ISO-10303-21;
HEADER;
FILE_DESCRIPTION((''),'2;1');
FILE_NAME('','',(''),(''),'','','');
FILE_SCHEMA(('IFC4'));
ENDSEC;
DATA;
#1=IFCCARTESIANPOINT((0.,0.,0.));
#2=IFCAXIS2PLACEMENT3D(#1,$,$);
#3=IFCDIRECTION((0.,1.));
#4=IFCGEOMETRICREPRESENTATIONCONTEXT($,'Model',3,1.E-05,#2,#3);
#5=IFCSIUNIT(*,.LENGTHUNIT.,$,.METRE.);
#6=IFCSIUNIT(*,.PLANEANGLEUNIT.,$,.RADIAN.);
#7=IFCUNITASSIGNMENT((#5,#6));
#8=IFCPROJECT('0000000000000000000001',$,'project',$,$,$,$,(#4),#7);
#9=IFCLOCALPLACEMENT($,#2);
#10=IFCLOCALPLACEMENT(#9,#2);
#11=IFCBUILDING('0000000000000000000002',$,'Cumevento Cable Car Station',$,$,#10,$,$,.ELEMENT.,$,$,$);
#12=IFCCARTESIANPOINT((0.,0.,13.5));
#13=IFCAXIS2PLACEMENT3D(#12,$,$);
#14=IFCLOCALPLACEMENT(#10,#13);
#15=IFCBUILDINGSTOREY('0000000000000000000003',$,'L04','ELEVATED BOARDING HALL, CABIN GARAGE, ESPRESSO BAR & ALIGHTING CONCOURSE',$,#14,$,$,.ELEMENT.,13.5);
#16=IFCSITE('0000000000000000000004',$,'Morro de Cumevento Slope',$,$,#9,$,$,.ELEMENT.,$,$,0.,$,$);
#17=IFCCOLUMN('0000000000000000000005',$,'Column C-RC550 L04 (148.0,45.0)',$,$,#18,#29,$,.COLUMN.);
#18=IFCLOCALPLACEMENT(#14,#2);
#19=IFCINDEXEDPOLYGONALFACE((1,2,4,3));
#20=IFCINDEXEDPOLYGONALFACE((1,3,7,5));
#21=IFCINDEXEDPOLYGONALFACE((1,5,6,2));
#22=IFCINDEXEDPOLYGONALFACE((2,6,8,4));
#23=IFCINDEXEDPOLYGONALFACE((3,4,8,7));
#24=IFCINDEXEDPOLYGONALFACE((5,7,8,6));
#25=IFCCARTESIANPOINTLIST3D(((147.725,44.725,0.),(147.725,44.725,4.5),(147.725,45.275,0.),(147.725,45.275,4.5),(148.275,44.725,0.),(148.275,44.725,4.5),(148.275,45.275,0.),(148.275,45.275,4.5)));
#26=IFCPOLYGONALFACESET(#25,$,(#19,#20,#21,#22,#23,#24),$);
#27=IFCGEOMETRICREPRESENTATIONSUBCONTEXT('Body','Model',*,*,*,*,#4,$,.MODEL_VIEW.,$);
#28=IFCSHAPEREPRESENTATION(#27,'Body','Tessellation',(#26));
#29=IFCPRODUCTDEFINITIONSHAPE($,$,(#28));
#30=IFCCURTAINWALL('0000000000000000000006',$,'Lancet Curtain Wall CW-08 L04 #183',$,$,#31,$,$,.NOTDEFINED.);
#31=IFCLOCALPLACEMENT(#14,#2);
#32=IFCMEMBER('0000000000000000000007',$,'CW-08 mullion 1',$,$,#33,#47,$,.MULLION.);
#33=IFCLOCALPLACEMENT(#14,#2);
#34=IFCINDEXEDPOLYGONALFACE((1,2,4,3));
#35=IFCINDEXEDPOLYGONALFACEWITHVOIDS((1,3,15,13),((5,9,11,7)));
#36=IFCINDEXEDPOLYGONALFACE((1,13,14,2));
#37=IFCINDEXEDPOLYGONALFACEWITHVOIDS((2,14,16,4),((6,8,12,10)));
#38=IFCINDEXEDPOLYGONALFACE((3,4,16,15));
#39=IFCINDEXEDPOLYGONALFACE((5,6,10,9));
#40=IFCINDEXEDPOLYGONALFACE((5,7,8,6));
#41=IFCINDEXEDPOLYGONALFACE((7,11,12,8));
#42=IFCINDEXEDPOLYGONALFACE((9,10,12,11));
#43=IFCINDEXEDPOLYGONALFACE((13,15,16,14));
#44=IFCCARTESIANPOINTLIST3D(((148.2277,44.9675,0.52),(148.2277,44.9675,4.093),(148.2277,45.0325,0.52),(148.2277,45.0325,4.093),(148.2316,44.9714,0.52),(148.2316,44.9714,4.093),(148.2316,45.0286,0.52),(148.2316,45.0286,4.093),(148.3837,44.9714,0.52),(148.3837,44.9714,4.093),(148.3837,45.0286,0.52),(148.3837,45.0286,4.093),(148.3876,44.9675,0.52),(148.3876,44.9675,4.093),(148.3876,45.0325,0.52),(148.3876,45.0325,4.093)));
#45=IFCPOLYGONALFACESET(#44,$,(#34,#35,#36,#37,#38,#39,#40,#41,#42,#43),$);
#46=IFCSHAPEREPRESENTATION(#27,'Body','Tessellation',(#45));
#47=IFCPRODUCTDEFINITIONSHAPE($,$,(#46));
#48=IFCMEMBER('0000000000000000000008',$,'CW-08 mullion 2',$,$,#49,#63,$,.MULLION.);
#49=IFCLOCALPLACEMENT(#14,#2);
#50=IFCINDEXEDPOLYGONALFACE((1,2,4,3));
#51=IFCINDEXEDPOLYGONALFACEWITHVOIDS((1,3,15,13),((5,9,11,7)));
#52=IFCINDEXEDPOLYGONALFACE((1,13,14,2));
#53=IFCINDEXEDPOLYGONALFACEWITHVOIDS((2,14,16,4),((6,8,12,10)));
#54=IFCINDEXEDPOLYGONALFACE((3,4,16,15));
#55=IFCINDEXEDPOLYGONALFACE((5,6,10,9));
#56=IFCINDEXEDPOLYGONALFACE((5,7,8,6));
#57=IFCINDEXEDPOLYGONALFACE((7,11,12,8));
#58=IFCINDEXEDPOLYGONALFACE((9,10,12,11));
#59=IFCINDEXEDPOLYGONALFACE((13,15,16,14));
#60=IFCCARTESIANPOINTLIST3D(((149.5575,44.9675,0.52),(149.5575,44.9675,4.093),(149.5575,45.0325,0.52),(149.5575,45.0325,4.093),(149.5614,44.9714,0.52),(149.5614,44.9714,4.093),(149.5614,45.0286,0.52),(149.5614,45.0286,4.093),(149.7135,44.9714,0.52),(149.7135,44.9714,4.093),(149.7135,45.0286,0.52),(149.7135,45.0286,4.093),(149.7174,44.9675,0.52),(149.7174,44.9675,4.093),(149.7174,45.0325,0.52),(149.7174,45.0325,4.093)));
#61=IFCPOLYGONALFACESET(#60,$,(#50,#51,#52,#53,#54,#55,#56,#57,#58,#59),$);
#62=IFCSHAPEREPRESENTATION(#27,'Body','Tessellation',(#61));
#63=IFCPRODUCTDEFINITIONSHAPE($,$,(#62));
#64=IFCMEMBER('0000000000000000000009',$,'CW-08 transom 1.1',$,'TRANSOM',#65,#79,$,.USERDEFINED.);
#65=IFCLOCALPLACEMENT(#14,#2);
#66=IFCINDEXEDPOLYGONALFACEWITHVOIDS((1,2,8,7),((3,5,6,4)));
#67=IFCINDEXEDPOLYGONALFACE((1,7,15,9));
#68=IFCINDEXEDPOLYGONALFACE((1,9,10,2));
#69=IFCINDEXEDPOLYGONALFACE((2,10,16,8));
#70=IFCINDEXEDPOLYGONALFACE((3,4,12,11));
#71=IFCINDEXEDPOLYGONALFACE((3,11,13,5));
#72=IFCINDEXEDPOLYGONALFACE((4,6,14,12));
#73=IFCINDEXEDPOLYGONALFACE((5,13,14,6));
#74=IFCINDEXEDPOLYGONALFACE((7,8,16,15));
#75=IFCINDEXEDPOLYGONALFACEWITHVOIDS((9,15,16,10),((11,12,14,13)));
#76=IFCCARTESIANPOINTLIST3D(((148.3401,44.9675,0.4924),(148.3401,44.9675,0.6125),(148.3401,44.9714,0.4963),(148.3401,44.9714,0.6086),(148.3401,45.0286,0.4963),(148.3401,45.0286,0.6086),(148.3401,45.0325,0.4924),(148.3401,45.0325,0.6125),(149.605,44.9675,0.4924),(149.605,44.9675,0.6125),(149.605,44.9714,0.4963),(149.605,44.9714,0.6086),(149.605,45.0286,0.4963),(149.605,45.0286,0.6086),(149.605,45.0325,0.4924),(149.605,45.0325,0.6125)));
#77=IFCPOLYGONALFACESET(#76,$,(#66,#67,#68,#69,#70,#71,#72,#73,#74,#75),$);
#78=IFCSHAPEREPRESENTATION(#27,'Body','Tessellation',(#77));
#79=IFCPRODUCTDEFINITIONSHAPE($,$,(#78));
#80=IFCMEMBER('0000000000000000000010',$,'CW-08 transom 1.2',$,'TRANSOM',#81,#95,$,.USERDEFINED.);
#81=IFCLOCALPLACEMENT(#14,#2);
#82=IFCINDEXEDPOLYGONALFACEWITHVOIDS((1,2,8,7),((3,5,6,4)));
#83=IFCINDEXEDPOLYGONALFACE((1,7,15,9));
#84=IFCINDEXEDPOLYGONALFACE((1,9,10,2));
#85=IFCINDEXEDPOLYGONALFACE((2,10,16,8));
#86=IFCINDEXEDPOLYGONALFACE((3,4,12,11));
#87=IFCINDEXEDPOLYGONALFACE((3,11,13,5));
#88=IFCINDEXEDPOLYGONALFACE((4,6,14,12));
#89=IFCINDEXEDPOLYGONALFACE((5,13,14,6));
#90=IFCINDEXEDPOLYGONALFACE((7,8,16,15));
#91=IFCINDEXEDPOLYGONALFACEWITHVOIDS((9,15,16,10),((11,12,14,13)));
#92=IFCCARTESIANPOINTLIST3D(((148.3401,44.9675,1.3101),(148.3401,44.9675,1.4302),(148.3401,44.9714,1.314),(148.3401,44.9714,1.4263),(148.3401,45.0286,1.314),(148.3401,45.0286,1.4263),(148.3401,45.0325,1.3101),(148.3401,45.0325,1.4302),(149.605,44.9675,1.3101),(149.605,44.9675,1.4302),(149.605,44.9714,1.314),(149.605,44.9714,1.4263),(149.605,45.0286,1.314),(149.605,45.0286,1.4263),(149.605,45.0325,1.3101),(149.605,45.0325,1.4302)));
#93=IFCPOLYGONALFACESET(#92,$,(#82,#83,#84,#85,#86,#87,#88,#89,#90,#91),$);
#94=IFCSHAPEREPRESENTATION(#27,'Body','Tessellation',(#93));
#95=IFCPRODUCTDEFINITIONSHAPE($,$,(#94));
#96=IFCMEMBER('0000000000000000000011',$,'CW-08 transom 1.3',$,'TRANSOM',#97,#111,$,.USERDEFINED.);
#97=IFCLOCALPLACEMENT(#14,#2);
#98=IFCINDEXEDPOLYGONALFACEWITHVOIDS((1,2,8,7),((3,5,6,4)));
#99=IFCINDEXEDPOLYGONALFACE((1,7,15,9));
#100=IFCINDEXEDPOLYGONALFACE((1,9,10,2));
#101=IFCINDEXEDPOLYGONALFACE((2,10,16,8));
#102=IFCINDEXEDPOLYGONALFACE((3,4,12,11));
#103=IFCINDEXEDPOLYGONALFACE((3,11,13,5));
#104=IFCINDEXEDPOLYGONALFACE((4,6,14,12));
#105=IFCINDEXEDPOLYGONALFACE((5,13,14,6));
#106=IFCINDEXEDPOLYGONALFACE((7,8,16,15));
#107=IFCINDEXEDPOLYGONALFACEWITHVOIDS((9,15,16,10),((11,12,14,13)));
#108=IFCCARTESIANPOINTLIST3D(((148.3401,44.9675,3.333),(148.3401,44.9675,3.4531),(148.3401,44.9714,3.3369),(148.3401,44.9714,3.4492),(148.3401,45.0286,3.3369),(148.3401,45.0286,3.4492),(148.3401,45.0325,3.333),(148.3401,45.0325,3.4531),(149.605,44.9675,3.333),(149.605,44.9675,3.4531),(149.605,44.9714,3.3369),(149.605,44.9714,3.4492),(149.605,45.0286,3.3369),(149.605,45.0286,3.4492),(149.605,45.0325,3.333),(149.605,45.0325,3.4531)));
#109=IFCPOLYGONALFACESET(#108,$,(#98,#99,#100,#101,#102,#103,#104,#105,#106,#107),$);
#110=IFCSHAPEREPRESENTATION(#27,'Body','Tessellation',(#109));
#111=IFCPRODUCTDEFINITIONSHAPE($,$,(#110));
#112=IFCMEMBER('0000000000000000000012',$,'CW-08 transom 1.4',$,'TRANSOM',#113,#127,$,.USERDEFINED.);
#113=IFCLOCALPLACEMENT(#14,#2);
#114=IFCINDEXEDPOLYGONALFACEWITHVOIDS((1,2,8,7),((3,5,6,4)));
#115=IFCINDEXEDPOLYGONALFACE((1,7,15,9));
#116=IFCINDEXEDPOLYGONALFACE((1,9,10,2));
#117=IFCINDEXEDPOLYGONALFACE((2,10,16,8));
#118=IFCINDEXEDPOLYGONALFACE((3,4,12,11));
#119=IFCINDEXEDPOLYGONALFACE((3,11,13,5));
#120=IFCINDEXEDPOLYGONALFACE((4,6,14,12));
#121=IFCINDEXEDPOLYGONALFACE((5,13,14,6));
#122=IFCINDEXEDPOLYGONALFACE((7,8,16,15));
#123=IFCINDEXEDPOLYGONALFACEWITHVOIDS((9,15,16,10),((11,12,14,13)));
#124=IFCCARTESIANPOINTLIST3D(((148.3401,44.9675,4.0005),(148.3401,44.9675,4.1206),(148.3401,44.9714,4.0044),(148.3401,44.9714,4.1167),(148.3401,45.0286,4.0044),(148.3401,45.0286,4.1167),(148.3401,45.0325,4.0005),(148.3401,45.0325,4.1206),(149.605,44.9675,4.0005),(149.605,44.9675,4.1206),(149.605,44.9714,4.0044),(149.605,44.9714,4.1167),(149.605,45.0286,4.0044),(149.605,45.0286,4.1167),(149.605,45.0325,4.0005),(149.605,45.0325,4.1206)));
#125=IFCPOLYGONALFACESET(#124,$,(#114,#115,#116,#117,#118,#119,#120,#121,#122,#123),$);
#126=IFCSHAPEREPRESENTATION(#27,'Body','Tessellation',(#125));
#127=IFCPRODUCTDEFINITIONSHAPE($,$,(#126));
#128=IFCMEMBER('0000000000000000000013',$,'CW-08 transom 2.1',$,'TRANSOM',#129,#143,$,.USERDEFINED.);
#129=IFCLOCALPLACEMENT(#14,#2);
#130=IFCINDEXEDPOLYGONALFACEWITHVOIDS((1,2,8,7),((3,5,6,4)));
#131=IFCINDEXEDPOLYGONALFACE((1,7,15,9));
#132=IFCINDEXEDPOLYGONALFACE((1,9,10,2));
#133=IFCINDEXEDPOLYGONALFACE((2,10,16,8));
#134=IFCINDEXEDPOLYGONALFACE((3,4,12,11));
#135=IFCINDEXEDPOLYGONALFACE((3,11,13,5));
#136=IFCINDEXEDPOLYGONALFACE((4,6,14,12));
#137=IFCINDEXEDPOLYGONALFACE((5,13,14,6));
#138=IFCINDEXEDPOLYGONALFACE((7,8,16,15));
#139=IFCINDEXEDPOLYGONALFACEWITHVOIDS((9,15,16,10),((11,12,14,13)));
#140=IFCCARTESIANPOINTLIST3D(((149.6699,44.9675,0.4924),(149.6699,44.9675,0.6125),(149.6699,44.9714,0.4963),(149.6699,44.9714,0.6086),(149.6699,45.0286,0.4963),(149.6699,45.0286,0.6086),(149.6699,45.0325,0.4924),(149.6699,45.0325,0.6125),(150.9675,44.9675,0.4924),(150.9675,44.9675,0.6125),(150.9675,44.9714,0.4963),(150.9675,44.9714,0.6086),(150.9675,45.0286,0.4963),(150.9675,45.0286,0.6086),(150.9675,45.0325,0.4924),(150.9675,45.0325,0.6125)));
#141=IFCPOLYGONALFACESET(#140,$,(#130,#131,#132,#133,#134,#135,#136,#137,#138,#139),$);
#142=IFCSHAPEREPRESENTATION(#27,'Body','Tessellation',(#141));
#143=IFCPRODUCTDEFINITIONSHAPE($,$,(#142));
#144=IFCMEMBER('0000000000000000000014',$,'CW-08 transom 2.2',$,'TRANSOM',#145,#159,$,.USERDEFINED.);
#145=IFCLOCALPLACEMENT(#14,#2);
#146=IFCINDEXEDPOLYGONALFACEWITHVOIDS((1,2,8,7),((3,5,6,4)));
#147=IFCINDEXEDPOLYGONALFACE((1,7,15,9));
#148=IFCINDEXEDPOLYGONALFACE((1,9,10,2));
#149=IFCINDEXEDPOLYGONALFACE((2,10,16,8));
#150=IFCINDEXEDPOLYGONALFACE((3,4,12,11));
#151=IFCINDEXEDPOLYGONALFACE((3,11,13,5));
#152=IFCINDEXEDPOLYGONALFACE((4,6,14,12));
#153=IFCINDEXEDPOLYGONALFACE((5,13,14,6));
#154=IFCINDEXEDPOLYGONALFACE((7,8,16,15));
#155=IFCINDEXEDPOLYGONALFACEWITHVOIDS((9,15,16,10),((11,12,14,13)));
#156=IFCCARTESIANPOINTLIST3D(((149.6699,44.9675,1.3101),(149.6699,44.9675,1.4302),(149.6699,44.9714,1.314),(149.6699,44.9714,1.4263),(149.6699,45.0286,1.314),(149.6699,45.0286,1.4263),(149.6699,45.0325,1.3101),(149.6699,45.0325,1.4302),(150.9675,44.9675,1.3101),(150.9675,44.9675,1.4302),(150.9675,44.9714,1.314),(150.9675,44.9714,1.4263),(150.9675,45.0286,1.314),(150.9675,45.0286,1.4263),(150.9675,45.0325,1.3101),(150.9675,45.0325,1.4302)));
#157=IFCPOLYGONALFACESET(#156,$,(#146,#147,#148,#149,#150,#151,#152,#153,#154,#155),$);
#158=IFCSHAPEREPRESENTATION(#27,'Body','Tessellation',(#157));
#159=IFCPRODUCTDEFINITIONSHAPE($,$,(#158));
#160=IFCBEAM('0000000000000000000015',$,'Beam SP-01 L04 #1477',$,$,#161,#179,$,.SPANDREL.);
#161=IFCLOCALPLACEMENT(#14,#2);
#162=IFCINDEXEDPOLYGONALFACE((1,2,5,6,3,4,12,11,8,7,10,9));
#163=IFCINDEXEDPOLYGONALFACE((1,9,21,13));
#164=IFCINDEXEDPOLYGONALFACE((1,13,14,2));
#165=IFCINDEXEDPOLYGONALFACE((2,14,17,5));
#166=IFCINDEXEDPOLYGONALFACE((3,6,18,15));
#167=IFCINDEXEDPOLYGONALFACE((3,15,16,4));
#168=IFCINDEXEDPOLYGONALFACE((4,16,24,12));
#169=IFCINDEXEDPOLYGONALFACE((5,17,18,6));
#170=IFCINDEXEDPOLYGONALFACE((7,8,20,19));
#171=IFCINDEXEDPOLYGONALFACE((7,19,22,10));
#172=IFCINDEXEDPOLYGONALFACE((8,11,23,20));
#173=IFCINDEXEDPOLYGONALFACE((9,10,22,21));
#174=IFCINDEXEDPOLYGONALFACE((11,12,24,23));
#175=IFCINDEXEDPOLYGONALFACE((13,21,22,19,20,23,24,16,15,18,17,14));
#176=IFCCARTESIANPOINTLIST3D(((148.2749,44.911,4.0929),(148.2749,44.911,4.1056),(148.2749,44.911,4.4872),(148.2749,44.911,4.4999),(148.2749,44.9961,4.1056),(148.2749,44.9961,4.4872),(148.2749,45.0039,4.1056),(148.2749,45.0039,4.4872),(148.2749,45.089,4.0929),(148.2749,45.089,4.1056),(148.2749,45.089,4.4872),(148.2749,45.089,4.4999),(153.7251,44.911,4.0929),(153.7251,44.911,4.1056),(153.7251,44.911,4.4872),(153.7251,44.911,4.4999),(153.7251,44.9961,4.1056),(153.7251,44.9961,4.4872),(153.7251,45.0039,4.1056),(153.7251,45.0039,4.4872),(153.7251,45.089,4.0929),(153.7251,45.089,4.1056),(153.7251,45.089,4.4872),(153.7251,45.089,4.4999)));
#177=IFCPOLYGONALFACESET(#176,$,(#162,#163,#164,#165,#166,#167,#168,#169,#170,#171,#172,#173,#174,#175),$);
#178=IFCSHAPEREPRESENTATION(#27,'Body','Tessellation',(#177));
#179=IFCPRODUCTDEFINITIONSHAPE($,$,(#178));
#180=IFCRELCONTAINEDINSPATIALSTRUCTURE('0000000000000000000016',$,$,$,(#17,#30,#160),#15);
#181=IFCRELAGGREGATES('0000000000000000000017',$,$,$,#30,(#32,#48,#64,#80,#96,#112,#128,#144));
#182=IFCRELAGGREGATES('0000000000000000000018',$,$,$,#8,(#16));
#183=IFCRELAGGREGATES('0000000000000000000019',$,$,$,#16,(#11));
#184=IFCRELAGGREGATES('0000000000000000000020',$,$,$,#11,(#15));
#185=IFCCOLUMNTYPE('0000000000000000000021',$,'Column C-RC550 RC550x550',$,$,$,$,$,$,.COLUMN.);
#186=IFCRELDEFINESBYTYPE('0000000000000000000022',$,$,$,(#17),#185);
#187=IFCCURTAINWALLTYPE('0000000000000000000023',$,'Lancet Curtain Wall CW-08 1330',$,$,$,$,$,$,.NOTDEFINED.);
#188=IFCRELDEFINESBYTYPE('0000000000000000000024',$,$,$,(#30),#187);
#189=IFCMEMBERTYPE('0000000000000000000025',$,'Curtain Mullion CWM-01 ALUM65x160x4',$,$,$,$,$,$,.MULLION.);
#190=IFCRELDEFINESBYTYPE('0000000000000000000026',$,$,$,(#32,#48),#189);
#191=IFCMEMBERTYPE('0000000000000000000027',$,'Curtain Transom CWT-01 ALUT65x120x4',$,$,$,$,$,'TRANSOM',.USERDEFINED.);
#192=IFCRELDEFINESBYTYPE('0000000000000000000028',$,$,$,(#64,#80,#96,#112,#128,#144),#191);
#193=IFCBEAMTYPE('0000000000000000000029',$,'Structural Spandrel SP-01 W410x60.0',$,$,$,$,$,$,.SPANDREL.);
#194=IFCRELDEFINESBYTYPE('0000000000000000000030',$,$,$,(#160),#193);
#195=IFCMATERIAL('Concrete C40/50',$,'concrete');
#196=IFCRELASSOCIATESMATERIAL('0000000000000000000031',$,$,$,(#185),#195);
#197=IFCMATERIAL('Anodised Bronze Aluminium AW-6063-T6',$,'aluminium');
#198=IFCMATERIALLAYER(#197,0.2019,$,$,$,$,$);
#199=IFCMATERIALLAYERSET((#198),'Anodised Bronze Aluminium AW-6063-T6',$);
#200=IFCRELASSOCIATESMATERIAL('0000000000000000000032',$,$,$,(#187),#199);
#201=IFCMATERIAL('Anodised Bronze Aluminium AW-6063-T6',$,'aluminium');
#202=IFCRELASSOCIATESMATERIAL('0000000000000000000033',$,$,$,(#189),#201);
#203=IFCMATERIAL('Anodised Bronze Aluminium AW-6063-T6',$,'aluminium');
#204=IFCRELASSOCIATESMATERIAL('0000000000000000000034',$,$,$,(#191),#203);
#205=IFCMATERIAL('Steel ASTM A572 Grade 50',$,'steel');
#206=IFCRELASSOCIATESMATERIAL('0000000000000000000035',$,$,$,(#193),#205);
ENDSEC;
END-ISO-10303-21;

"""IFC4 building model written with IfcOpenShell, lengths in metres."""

from ifc_helpers import new_model, si_unit, direction, frame, origin, origin_2d, place, context, subcontext, project, spatial, rectangle, hollow_rectangle, i_section, extrude, material, layer, layer_set, material_profile, profile_set, type_object, element, aggregate, save


model = new_model("IFC4")

# Units and contexts
model_context = context("Model", 3, precision=1e-05, world=origin(), true_north=direction((0.0, 1.0)))
body_context = subcontext(model_context, "Body", "Model", "MODEL_VIEW")
ifc_project = project(units=[si_unit("LENGTHUNIT", "METRE"), si_unit("PLANEANGLEUNIT", "RADIAN")], contexts=[model_context])

# Site, building, storey
site_placement = place(None, origin())
site = spatial("IfcSite", under=ifc_project, at=site_placement, Name="Morro de Cumevento Slope", CompositionType="ELEMENT", RefElevation=0.0)
building_placement = place(site_placement, origin())
building = spatial("IfcBuilding", under=site, at=building_placement, Name="Cumevento Cable Car Station", CompositionType="ELEMENT")
storey_placement = place(building_placement, frame((0.0, 0.0, 13.5)))
storey = spatial("IfcBuildingStorey", under=building, at=storey_placement, Name="L04", Description="ELEVATED BOARDING HALL, CABIN GARAGE, ESPRESSO BAR & ALIGHTING CONCOURSE", CompositionType="ELEMENT", Elevation=13.5)

# Column
ifc_material_1 = material(Name="Concrete C40/50", Category="concrete")
ifc_material_profile_1 = material_profile(ifc_material_1, rectangle(XDim=0.55, YDim=0.55, at=origin_2d()), Name="RC550x550")
ifc_profile_set_1 = profile_set([ifc_material_profile_1], Name="Concrete C40/50")
column_type = type_object("IfcColumnType", Name="Column C-RC550 RC550x550", PredefinedType="COLUMN", material=ifc_profile_set_1)
column_placement = place(storey_placement, frame((148.0, 45.0, 0.0), z_axis=(0.0, 0.0, 1.0), x_axis=(1.0, 0.0, 0.0)))
element("IfcColumn", 1, at=column_placement, inside=storey, type_object=column_type, Name="Column C-RC550 L04 (148.0,45.0)", PredefinedType="COLUMN", context=body_context, shape_type="SweptSolid", body=[
    extrude(rectangle(XDim=0.55, YDim=0.55, at=origin_2d()), origin(), (0.0, 0.0, 1.0), 4.5),
])

# Curtain wall, members
ifc_material_2 = material(Name="Anodised Bronze Aluminium AW-6063-T6", Category="aluminium")
ifc_layer_1 = layer(ifc_material_2, 0.2019)
ifc_layer_set_1 = layer_set([ifc_layer_1], Name="Anodised Bronze Aluminium AW-6063-T6")
curtain_wall_type = type_object("IfcCurtainWallType", Name="Lancet Curtain Wall CW-08 1330", PredefinedType="NOTDEFINED", material=ifc_layer_set_1)
curtain_wall_placement = place(storey_placement, origin())
curtain_wall = element("IfcCurtainWall", 2, at=curtain_wall_placement, inside=storey, type_object=curtain_wall_type, Name="Lancet Curtain Wall CW-08 L04 #183", PredefinedType="NOTDEFINED")
ifc_material_3 = material(Name="Anodised Bronze Aluminium AW-6063-T6", Category="aluminium")
ifc_material_profile_2 = material_profile(ifc_material_3, hollow_rectangle(XDim=0.0649, YDim=0.1599, WallThickness=0.0039, at=origin_2d()), Name="ALUM65x160x4")
ifc_profile_set_2 = profile_set([ifc_material_profile_2], Name="Anodised Bronze Aluminium AW-6063-T6")
member_type_1 = type_object("IfcMemberType", Name="Curtain Mullion CWM-01 ALUM65x160x4", PredefinedType="MULLION", material=ifc_profile_set_2)
member_1_placement = place(storey_placement, frame((148.3076, 45.0, 0.52), z_axis=(0.0, 0.0, 1.0), x_axis=(0.0, 1.0, 0.0)))
member_1 = element("IfcMember", 3, at=member_1_placement, type_object=member_type_1, Name="CW-08 mullion 1", PredefinedType="MULLION", context=body_context, shape_type="SweptSolid", body=[
    extrude(hollow_rectangle(XDim=0.0649, YDim=0.1599, WallThickness=0.0039, at=origin_2d()), origin(), (0.0, 0.0, 1.0), 3.573),
])
member_2_placement = place(storey_placement, frame((149.6375, 45.0, 0.52), z_axis=(0.0, 0.0, 1.0), x_axis=(0.0, 1.0, 0.0)))
member_2 = element("IfcMember", 4, at=member_2_placement, type_object=member_type_1, Name="CW-08 mullion 2", PredefinedType="MULLION", context=body_context, shape_type="SweptSolid", body=[
    extrude(hollow_rectangle(XDim=0.0649, YDim=0.1599, WallThickness=0.0039, at=origin_2d()), origin(), (0.0, 0.0, 1.0), 3.573),
])
ifc_material_4 = material(Name="Anodised Bronze Aluminium AW-6063-T6", Category="aluminium")
ifc_material_profile_3 = material_profile(ifc_material_4, hollow_rectangle(XDim=0.0649, YDim=0.1201, WallThickness=0.0039, at=origin_2d()), Name="ALUT65x120x4")
ifc_profile_set_3 = profile_set([ifc_material_profile_3], Name="Anodised Bronze Aluminium AW-6063-T6")
member_type_2 = type_object("IfcMemberType", Name="Curtain Transom CWT-01 ALUT65x120x4", ElementType="TRANSOM", PredefinedType="USERDEFINED", material=ifc_profile_set_3)
member_3_placement = place(storey_placement, frame((148.3401, 45.0, 0.5525), z_axis=(1.0, 0.0, 0.0), x_axis=(0.0, 1.0, 0.0)))
member_3 = element("IfcMember", 5, at=member_3_placement, type_object=member_type_2, Name="CW-08 transom 1.1", ObjectType="TRANSOM", PredefinedType="USERDEFINED", context=body_context, shape_type="SweptSolid", body=[
    extrude(hollow_rectangle(XDim=0.0649, YDim=0.1201, WallThickness=0.0039, at=origin_2d()), origin(), (0.0, 0.0, 1.0), 1.2649),
])
member_4_placement = place(storey_placement, frame((148.3401, 45.0, 1.3701), z_axis=(1.0, 0.0, 0.0), x_axis=(0.0, 1.0, 0.0)))
member_4 = element("IfcMember", 6, at=member_4_placement, type_object=member_type_2, Name="CW-08 transom 1.2", ObjectType="TRANSOM", PredefinedType="USERDEFINED", context=body_context, shape_type="SweptSolid", body=[
    extrude(hollow_rectangle(XDim=0.0649, YDim=0.1201, WallThickness=0.0039, at=origin_2d()), origin(), (0.0, 0.0, 1.0), 1.2649),
])
member_5_placement = place(storey_placement, frame((148.3401, 45.0, 3.3931), z_axis=(1.0, 0.0, 0.0), x_axis=(0.0, 1.0, 0.0)))
member_5 = element("IfcMember", 7, at=member_5_placement, type_object=member_type_2, Name="CW-08 transom 1.3", ObjectType="TRANSOM", PredefinedType="USERDEFINED", context=body_context, shape_type="SweptSolid", body=[
    extrude(hollow_rectangle(XDim=0.0649, YDim=0.1201, WallThickness=0.0039, at=origin_2d()), origin(), (0.0, 0.0, 1.0), 1.2649),
])
member_6_placement = place(storey_placement, frame((148.3401, 45.0, 4.0605), z_axis=(1.0, 0.0, 0.0), x_axis=(0.0, 1.0, 0.0)))
member_6 = element("IfcMember", 8, at=member_6_placement, type_object=member_type_2, Name="CW-08 transom 1.4", ObjectType="TRANSOM", PredefinedType="USERDEFINED", context=body_context, shape_type="SweptSolid", body=[
    extrude(hollow_rectangle(XDim=0.0649, YDim=0.1201, WallThickness=0.0039, at=origin_2d()), origin(), (0.0, 0.0, 1.0), 1.2649),
])
member_7_placement = place(storey_placement, frame((149.6699, 45.0, 0.5525), z_axis=(1.0, 0.0, 0.0), x_axis=(0.0, 1.0, 0.0)))
member_7 = element("IfcMember", 9, at=member_7_placement, type_object=member_type_2, Name="CW-08 transom 2.1", ObjectType="TRANSOM", PredefinedType="USERDEFINED", context=body_context, shape_type="SweptSolid", body=[
    extrude(hollow_rectangle(XDim=0.0649, YDim=0.1201, WallThickness=0.0039, at=origin_2d()), origin(), (0.0, 0.0, 1.0), 1.2976),
])
member_8_placement = place(storey_placement, frame((149.6699, 45.0, 1.3701), z_axis=(1.0, 0.0, 0.0), x_axis=(0.0, 1.0, 0.0)))
member_8 = element("IfcMember", 10, at=member_8_placement, type_object=member_type_2, Name="CW-08 transom 2.2", ObjectType="TRANSOM", PredefinedType="USERDEFINED", context=body_context, shape_type="SweptSolid", body=[
    extrude(hollow_rectangle(XDim=0.0649, YDim=0.1201, WallThickness=0.0039, at=origin_2d()), origin(), (0.0, 0.0, 1.0), 1.2976),
])

# Beam
ifc_material_5 = material(Name="Steel ASTM A572 Grade 50", Category="steel")
ifc_material_profile_4 = material_profile(ifc_material_5, i_section(OverallWidth=0.178, OverallDepth=0.407, WebThickness=0.0078, FlangeThickness=0.0127, at=origin_2d()), Name="W410x60.0")
ifc_profile_set_4 = profile_set([ifc_material_profile_4], Name="Steel ASTM A572 Grade 50")
beam_type = type_object("IfcBeamType", Name="Structural Spandrel SP-01 W410x60.0", PredefinedType="SPANDREL", material=ifc_profile_set_4)
beam_placement = place(storey_placement, frame((148.2749, 45.0, 4.2964), z_axis=(1.0, 0.0, 0.0), x_axis=(0.0, 1.0, 0.0)))
element("IfcBeam", 11, at=beam_placement, inside=storey, type_object=beam_type, Name="Beam SP-01 L04 #1477", PredefinedType="SPANDREL", context=body_context, shape_type="SweptSolid", body=[
    extrude(i_section(OverallWidth=0.178, OverallDepth=0.407, WebThickness=0.0078, FlangeThickness=0.0127, at=origin_2d()), origin(), (0.0, 0.0, 1.0), 5.4502),
])

aggregate(curtain_wall, [member_1, member_2, member_3, member_4, member_5, member_6, member_7, member_8])

save(model, "model.ifc")
